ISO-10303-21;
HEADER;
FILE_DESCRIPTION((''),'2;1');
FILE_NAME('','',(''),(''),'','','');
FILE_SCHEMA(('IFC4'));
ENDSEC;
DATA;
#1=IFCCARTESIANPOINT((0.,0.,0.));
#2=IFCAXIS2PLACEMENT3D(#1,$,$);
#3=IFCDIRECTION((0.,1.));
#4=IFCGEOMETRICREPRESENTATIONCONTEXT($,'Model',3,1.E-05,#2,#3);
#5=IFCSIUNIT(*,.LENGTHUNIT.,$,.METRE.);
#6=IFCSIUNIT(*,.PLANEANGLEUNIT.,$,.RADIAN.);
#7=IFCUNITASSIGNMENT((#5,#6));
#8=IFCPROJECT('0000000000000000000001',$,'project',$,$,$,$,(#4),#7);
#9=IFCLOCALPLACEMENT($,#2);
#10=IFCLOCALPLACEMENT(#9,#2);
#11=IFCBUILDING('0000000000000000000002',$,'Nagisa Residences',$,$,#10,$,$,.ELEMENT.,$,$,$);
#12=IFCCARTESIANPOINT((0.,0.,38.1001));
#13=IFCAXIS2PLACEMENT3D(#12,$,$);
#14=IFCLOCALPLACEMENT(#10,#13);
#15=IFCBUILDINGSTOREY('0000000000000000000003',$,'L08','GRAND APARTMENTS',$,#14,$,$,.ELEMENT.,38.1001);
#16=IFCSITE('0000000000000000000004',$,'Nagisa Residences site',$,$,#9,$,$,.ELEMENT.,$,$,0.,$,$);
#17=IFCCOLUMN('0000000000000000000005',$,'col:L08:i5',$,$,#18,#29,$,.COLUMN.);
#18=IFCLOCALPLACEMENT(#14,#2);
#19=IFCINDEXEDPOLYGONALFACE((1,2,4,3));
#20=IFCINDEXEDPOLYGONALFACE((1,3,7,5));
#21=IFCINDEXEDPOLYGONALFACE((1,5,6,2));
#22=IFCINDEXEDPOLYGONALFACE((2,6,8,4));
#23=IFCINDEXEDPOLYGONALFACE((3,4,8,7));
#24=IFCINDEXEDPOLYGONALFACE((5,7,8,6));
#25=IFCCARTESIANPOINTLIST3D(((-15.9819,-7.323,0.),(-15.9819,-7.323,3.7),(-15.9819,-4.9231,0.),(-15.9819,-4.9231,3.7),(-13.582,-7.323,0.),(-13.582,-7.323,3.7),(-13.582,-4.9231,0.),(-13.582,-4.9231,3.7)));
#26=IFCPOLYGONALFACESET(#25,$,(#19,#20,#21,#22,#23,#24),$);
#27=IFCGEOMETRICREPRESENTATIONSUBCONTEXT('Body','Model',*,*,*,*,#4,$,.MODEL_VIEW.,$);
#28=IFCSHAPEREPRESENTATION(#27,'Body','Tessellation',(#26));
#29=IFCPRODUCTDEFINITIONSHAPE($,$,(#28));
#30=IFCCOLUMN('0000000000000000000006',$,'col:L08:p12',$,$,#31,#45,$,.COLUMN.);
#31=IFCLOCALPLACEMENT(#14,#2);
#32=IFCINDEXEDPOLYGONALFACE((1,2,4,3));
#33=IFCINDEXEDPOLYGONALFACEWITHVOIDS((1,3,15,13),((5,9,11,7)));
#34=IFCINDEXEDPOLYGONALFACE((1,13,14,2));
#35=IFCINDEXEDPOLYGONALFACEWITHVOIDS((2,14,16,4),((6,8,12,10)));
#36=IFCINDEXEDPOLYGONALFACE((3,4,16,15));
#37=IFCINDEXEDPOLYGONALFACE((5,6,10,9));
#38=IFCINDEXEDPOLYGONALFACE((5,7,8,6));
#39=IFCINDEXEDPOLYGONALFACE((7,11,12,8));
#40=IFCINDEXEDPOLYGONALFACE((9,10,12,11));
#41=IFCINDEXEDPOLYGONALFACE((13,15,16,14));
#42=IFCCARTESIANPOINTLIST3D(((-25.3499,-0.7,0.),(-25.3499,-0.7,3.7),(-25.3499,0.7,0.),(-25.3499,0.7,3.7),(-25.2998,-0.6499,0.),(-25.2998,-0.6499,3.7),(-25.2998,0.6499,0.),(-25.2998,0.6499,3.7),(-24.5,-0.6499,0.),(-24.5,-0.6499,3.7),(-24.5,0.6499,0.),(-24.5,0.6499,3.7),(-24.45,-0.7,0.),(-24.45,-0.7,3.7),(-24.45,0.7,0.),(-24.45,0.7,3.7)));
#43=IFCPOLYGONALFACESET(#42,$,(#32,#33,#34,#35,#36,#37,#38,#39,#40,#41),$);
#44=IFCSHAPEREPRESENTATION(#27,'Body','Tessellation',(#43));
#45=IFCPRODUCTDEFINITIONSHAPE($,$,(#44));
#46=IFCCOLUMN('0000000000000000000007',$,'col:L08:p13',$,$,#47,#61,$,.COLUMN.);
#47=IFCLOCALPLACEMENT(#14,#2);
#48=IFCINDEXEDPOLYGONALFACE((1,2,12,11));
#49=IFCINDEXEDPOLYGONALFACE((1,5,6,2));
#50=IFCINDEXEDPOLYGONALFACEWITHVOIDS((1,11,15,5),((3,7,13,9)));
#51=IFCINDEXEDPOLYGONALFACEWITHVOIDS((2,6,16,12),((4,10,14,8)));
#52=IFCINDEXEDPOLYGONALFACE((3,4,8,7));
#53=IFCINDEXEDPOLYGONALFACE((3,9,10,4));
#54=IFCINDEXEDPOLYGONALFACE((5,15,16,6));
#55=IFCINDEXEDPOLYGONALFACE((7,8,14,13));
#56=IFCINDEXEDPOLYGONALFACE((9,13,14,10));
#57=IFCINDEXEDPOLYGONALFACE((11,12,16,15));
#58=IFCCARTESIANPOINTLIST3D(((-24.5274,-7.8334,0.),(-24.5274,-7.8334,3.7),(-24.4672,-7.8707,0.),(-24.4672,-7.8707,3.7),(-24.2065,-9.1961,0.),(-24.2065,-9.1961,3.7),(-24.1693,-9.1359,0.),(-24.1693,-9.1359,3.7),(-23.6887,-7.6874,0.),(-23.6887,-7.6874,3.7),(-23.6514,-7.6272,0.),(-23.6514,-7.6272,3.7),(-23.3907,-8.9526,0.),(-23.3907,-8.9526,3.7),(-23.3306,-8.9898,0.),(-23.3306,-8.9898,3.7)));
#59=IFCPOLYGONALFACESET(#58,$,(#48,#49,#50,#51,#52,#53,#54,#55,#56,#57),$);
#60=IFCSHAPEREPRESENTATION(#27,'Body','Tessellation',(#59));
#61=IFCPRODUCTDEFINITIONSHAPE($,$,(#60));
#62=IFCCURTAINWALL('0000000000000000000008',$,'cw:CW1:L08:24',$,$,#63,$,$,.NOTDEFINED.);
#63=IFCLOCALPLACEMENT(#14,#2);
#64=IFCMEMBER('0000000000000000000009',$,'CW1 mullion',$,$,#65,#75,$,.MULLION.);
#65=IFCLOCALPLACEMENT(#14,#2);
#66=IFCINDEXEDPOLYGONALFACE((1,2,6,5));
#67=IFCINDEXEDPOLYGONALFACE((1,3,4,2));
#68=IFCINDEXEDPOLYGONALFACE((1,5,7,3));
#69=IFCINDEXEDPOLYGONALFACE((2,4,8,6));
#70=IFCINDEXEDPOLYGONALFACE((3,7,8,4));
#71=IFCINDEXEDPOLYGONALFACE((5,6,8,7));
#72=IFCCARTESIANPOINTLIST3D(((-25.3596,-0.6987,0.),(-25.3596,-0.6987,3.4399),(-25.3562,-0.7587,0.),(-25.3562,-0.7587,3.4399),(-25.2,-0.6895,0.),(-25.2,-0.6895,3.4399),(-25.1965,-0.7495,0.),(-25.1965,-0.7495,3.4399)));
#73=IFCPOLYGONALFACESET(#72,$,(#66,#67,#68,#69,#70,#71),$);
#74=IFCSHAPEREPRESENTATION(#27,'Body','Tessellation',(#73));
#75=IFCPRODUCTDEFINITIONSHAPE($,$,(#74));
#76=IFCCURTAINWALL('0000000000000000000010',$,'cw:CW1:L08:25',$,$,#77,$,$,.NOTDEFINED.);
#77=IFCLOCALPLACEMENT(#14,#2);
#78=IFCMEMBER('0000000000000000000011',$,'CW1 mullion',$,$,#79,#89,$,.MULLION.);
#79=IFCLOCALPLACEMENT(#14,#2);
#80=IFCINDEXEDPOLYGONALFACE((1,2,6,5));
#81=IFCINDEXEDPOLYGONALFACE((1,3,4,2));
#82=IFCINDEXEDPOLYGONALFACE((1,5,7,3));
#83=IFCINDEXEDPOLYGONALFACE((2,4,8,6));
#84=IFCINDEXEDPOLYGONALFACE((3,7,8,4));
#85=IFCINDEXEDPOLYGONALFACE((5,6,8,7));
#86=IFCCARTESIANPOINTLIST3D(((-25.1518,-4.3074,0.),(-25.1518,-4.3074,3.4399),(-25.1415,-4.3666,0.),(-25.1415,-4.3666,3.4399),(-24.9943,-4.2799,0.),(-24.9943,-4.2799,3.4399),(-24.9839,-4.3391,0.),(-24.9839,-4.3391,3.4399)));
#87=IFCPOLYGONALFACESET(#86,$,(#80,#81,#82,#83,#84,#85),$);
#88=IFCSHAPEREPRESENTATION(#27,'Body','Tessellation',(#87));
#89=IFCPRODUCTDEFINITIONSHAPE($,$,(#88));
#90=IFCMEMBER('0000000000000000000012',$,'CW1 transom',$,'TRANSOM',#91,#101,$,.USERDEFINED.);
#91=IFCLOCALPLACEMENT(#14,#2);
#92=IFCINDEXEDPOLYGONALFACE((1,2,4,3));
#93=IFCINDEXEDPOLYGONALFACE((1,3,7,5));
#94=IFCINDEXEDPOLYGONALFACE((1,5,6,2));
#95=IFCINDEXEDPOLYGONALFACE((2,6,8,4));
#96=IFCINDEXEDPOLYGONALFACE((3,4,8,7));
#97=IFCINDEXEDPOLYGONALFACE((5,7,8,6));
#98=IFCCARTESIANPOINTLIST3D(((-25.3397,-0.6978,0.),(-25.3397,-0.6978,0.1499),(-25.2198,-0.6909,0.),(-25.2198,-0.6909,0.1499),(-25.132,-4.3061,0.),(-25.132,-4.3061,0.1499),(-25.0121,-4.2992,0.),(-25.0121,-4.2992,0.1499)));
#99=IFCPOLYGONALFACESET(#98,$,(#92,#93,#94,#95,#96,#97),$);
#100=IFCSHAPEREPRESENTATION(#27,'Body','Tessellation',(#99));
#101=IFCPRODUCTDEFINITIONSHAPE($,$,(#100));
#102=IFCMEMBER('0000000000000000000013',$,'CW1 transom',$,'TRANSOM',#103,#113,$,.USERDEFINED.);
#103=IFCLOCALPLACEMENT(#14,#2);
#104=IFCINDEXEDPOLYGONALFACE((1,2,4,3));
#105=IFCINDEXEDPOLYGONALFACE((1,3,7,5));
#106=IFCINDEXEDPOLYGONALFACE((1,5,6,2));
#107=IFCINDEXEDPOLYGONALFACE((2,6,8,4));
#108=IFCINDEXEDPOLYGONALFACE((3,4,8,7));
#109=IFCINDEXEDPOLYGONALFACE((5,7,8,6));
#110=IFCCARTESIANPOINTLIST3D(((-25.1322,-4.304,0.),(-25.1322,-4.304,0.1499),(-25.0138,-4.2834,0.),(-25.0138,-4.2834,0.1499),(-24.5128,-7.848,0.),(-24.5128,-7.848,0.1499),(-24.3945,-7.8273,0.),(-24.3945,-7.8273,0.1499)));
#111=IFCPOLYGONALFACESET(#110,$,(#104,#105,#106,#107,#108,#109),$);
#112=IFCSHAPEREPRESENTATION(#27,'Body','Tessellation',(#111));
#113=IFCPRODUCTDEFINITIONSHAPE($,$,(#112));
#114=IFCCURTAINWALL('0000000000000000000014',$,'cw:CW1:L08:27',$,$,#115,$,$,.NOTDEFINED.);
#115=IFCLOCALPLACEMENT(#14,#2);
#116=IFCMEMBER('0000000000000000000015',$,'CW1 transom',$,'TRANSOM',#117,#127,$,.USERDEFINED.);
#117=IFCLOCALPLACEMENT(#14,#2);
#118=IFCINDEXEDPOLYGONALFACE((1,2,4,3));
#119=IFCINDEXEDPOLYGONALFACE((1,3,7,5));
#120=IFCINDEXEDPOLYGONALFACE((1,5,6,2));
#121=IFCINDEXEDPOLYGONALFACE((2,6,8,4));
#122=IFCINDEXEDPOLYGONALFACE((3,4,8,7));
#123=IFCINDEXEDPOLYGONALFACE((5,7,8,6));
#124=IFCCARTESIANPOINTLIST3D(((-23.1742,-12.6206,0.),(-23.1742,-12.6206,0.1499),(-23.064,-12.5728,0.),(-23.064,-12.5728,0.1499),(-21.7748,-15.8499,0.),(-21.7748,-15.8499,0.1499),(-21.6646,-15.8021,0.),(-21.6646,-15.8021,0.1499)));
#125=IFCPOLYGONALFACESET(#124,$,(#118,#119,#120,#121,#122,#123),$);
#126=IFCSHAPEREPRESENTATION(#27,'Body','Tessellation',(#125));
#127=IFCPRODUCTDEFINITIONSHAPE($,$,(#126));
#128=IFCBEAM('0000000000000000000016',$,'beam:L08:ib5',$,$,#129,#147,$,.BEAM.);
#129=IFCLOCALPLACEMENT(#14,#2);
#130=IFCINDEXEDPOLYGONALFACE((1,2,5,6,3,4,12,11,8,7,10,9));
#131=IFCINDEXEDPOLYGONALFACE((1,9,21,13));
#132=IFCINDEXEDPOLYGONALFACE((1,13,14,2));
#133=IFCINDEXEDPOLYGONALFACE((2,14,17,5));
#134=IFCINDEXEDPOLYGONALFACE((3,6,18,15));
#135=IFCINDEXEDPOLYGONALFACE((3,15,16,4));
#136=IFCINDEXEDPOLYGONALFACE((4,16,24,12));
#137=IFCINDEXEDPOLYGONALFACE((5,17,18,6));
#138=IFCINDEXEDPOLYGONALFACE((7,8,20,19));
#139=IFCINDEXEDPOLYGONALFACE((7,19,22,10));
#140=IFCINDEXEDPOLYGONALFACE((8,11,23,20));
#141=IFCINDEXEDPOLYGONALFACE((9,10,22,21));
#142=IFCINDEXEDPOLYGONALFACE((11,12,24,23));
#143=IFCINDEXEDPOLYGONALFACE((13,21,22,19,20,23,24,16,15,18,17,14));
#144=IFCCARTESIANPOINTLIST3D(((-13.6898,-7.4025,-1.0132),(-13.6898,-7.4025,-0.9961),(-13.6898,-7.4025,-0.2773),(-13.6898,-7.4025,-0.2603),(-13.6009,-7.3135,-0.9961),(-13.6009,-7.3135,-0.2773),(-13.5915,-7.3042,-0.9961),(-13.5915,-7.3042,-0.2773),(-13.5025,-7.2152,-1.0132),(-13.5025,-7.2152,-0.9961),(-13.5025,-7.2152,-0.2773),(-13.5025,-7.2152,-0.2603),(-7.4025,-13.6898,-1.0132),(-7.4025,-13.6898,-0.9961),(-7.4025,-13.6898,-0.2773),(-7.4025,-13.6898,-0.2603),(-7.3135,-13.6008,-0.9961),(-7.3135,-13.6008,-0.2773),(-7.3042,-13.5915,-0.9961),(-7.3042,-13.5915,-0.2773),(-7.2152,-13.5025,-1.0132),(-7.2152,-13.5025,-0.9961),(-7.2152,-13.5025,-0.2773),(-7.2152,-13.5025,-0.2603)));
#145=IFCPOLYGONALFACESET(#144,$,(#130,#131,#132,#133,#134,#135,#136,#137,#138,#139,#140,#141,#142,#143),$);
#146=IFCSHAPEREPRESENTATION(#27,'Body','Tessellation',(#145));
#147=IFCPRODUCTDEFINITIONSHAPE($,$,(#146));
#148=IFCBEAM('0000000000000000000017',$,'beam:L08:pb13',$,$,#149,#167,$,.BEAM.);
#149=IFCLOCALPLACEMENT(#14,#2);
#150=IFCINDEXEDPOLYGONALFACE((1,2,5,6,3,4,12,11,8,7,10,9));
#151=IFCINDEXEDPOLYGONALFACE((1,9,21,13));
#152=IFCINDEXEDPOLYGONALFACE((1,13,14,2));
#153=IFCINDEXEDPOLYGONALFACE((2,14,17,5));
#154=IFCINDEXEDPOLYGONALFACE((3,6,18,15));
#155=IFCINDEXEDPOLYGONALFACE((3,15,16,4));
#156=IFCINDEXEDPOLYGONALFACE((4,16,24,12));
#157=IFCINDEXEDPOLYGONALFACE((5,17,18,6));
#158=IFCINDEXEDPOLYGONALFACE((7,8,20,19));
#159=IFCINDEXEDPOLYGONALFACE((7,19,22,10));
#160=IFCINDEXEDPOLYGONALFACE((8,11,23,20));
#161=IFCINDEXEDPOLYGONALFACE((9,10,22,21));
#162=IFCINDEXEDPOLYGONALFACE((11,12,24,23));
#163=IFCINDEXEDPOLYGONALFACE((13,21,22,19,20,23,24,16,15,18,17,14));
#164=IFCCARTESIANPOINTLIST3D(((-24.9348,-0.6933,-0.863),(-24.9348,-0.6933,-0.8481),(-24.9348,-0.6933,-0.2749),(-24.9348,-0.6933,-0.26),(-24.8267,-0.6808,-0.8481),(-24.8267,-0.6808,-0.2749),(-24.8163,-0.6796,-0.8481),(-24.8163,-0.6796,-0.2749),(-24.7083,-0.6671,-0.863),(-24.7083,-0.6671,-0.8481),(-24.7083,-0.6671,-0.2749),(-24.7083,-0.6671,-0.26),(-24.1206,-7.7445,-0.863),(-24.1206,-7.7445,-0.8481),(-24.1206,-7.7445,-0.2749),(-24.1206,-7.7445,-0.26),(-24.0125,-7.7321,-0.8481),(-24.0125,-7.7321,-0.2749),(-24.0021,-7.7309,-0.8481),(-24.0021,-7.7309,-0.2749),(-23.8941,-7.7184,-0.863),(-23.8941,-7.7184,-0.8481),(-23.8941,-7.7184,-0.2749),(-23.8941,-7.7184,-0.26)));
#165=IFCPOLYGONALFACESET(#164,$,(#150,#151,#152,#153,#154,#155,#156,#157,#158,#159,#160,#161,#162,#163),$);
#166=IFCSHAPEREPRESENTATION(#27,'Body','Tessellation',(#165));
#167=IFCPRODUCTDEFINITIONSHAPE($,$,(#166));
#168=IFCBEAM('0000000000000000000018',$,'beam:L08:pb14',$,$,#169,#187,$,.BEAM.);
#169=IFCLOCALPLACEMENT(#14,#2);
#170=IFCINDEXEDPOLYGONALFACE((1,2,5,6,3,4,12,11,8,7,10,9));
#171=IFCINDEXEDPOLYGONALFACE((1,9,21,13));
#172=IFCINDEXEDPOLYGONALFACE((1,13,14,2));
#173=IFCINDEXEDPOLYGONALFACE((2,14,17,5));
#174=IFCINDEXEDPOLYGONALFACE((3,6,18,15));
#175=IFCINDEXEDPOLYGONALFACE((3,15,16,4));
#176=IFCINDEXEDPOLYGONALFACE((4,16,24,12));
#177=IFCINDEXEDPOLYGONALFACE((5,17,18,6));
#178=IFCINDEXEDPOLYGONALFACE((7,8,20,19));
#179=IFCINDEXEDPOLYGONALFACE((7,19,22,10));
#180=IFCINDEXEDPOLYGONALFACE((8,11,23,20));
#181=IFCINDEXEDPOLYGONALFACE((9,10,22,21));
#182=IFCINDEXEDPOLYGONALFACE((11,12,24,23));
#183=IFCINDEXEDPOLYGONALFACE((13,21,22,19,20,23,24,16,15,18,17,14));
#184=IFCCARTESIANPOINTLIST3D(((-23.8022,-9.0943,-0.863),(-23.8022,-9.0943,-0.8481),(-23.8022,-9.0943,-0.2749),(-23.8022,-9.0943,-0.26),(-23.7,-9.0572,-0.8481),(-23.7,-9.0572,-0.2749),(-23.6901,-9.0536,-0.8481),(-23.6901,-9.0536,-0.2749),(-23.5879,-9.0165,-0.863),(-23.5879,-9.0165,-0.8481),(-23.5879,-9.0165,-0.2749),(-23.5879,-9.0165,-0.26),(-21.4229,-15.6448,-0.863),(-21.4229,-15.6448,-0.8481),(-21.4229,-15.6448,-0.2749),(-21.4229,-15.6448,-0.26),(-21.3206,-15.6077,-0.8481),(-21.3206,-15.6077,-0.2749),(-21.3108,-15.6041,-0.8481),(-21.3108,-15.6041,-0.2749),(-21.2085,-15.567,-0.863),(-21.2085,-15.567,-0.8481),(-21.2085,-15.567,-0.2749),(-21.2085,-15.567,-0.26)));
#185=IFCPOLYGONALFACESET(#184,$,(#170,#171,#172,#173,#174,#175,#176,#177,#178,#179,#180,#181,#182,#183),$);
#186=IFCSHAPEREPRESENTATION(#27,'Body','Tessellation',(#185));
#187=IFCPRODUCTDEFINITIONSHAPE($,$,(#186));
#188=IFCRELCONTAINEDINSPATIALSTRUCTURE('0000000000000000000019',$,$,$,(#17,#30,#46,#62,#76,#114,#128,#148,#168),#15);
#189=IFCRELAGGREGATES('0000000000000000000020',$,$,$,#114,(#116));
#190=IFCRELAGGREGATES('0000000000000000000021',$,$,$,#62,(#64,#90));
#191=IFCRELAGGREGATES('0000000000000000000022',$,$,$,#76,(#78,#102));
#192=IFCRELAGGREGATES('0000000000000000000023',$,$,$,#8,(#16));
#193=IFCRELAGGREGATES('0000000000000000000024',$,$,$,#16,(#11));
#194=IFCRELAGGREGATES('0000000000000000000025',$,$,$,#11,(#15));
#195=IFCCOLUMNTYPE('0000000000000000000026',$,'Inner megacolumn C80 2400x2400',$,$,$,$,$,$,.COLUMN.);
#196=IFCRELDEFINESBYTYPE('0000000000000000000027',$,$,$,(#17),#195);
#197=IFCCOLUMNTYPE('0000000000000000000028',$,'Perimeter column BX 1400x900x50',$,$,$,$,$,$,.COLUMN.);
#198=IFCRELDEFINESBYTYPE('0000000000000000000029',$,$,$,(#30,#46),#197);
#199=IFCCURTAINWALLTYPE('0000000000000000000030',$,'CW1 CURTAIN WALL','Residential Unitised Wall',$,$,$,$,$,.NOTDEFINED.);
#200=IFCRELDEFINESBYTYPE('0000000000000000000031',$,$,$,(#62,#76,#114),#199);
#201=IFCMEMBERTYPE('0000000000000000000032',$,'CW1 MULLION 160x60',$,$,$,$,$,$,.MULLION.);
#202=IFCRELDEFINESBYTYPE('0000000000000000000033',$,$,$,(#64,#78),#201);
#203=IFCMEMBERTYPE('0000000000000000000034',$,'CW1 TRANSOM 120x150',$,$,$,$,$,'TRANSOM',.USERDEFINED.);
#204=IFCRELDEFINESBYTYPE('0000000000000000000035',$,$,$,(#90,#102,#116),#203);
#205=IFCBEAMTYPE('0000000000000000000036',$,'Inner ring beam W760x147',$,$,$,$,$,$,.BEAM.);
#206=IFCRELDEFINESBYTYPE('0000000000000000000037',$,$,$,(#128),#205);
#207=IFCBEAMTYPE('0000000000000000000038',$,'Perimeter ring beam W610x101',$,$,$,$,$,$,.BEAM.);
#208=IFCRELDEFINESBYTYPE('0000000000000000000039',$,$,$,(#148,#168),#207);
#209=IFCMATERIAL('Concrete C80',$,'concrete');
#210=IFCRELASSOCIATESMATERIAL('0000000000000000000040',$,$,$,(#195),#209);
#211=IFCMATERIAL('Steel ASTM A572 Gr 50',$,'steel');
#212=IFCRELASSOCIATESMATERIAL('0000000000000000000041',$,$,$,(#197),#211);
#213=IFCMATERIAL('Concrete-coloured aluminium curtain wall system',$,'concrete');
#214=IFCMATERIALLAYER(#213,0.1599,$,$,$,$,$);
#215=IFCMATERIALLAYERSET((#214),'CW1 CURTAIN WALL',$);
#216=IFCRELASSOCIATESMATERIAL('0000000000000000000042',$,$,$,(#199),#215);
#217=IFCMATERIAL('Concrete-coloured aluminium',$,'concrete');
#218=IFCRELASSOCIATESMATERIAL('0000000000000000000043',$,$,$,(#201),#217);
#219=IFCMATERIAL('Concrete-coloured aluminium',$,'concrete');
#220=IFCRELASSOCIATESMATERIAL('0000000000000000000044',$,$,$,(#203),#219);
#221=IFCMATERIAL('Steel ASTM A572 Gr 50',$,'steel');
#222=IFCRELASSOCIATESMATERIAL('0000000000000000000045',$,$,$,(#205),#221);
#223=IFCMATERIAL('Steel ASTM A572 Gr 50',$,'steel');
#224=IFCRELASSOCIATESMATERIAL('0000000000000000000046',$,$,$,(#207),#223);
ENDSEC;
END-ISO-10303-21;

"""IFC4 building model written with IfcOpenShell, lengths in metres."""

from ifc_helpers import new_model, si_unit, direction, frame, origin, origin_2d, place, context, subcontext, project, spatial, rectangle, hollow_rectangle, i_section, extrude, material, layer, layer_set, material_profile, profile_set, type_object, element, aggregate, save


model = new_model("IFC4")

# Units and contexts
model_context = context("Model", 3, precision=1e-05, world=origin(), true_north=direction((0.0, 1.0)))
body_context = subcontext(model_context, "Body", "Model", "MODEL_VIEW")
ifc_project = project(units=[si_unit("LENGTHUNIT", "METRE"), si_unit("PLANEANGLEUNIT", "RADIAN")], contexts=[model_context])

# Site, building, storey
site_placement = place(None, origin())
site = spatial("IfcSite", under=ifc_project, at=site_placement, Name="Nagisa Residences site", CompositionType="ELEMENT", RefElevation=0.0)
building_placement = place(site_placement, origin())
building = spatial("IfcBuilding", under=site, at=building_placement, Name="Nagisa Residences", CompositionType="ELEMENT")
storey_placement = place(building_placement, frame((0.0, 0.0, 38.1001)))
storey = spatial("IfcBuildingStorey", under=building, at=storey_placement, Name="L08", Description="GRAND APARTMENTS", CompositionType="ELEMENT", Elevation=38.1001)

# Columns
ifc_material_1 = material(Name="Concrete C80", Category="concrete")
ifc_material_profile_1 = material_profile(ifc_material_1, rectangle(XDim=2.3999, YDim=2.3999, at=origin_2d()), Name="C80 2400x2400")
ifc_profile_set_1 = profile_set([ifc_material_profile_1], Name="Concrete C80")
column_type_1 = type_object("IfcColumnType", Name="Inner megacolumn C80 2400x2400", PredefinedType="COLUMN", material=ifc_profile_set_1)
column_placement = place(storey_placement, frame((-14.782, -6.123, 0.0), z_axis=(0.0, 0.0, 1.0), x_axis=(1.0, 0.0, 0.0)))
element("IfcColumn", 1, at=column_placement, inside=storey, type_object=column_type_1, Name="col:L08:i5", PredefinedType="COLUMN", context=body_context, shape_type="SweptSolid", body=[
    extrude(rectangle(XDim=2.3999, YDim=2.3999, at=origin_2d()), origin(), (0.0, 0.0, 1.0), 3.7),
])
ifc_material_2 = material(Name="Steel ASTM A572 Gr 50", Category="steel")
ifc_material_profile_2 = material_profile(ifc_material_2, hollow_rectangle(XDim=1.3999, YDim=0.8999, WallThickness=0.05, at=origin_2d()), Name="BX 1400x900x50")
ifc_profile_set_2 = profile_set([ifc_material_profile_2], Name="Steel ASTM A572 Gr 50")
column_type_2 = type_object("IfcColumnType", Name="Perimeter column BX 1400x900x50", PredefinedType="COLUMN", material=ifc_profile_set_2)
for number, where, z_axis, x_axis, name in (
    (2, (-24.8999, 0.0, 0.0), (0.0, 0.0, 1.0), (0.0, -1.0, 0.0), "col:L08:p12"),
    (3, (-23.929, -8.4116, 0.0), (0.0, 0.0, 1.0), (0.229202, -0.973379, 0.0), "col:L08:p13"),
):
    element("IfcColumn", number, at=place(storey_placement, frame(where, z_axis=z_axis, x_axis=x_axis)), inside=storey, type_object=column_type_2, Name=name, PredefinedType="COLUMN", context=body_context, shape_type="SweptSolid", body=[
        extrude(hollow_rectangle(XDim=1.3999, YDim=0.8999, WallThickness=0.05, at=origin_2d()), origin(), (0.0, 0.0, 1.0), 3.7),
    ])

# Curtain walls, members
ifc_material_3 = material(Name="Concrete-coloured aluminium curtain wall system", Category="concrete")
ifc_layer_1 = layer(ifc_material_3, 0.1599)
ifc_layer_set_1 = layer_set([ifc_layer_1], Name="CW1 CURTAIN WALL")
curtain_wall_type = type_object("IfcCurtainWallType", Name="CW1 CURTAIN WALL", Description="Residential Unitised Wall", PredefinedType="NOTDEFINED", material=ifc_layer_set_1)
curtain_wall_1_placement = place(storey_placement, origin())
curtain_wall_1 = element("IfcCurtainWall", 4, at=curtain_wall_1_placement, inside=storey, type_object=curtain_wall_type, Name="cw:CW1:L08:24", PredefinedType="NOTDEFINED")
ifc_material_4 = material(Name="Concrete-coloured aluminium", Category="concrete")
ifc_material_profile_3 = material_profile(ifc_material_4, rectangle(XDim=0.1599, YDim=0.0601, at=origin_2d()), Name="CW1 MULLION 160x60")
ifc_profile_set_3 = profile_set([ifc_material_profile_3], Name="Concrete-coloured aluminium")
member_type_1 = type_object("IfcMemberType", Name="CW1 MULLION 160x60", PredefinedType="MULLION", material=ifc_profile_set_3)
member_1_placement = place(storey_placement, frame((-25.2781, -0.7241, 0.0), z_axis=(0.0, 0.0, 1.0), x_axis=(0.998345, 0.057503, 0.0)))
member_1 = element("IfcMember", 5, at=member_1_placement, type_object=member_type_1, Name="CW1 mullion", PredefinedType="MULLION", context=body_context, shape_type="SweptSolid", body=[
    extrude(rectangle(XDim=0.1599, YDim=0.0601, at=origin_2d()), origin(), (0.0, 0.0, 1.0), 3.4399),
])
curtain_wall_2_placement = place(storey_placement, origin())
curtain_wall_2 = element("IfcCurtainWall", 6, at=curtain_wall_2_placement, inside=storey, type_object=curtain_wall_type, Name="cw:CW1:L08:25", PredefinedType="NOTDEFINED")
member_2_placement = place(storey_placement, frame((-25.0679, -4.3232, 0.0), z_axis=(0.0, 0.0, 1.0), x_axis=(0.985064, 0.172191, 0.0)))
member_2 = element("IfcMember", 7, at=member_2_placement, type_object=member_type_1, Name="CW1 mullion", PredefinedType="MULLION", context=body_context, shape_type="SweptSolid", body=[
    extrude(rectangle(XDim=0.1599, YDim=0.0601, at=origin_2d()), origin(), (0.0, 0.0, 1.0), 3.4399),
])

# Members
ifc_material_5 = material(Name="Concrete-coloured aluminium", Category="concrete")
ifc_material_profile_4 = material_profile(ifc_material_5, rectangle(XDim=0.1201, YDim=0.1499, at=origin_2d()), Name="CW1 TRANSOM 120x150")
ifc_profile_set_4 = profile_set([ifc_material_profile_4], Name="Concrete-coloured aluminium")
member_type_2 = type_object("IfcMemberType", Name="CW1 TRANSOM 120x150", ElementType="TRANSOM", PredefinedType="USERDEFINED", material=ifc_profile_set_4)
member_3_placement = place(storey_placement, frame((-25.2798, -0.6943, 0.075), z_axis=(0.057483, -0.998347, 0.0), x_axis=(0.998347, 0.057483, 0.0)))
member_3 = element("IfcMember", 8, at=member_3_placement, type_object=member_type_2, Name="CW1 transom", ObjectType="TRANSOM", PredefinedType="USERDEFINED", context=body_context, shape_type="SweptSolid", body=[
    extrude(rectangle(XDim=0.1201, YDim=0.1499, at=origin_2d()), origin(), (0.0, 0.0, 1.0), 3.6143),
])
member_4_placement = place(storey_placement, frame((-25.073, -4.2937, 0.075), z_axis=(0.172163, -0.985068, 0.0), x_axis=(0.985068, 0.172163, 0.0)))
member_4 = element("IfcMember", 9, at=member_4_placement, type_object=member_type_2, Name="CW1 transom", ObjectType="TRANSOM", PredefinedType="USERDEFINED", context=body_context, shape_type="SweptSolid", body=[
    extrude(rectangle(XDim=0.1201, YDim=0.1499, at=origin_2d()), origin(), (0.0, 0.0, 1.0), 3.5977),
])

# Curtain wall, member
curtain_wall_3_placement = place(storey_placement, origin())
curtain_wall_3 = element("IfcCurtainWall", 10, at=curtain_wall_3_placement, inside=storey, type_object=curtain_wall_type, Name="cw:CW1:L08:27", PredefinedType="NOTDEFINED")
member_5_placement = place(storey_placement, frame((-23.1191, -12.5967, 0.075), z_axis=(0.397625, -0.917548, 0.0), x_axis=(0.917548, 0.397625, 0.0)))
member_5 = element("IfcMember", 11, at=member_5_placement, type_object=member_type_2, Name="CW1 transom", ObjectType="TRANSOM", PredefinedType="USERDEFINED", context=body_context, shape_type="SweptSolid", body=[
    extrude(rectangle(XDim=0.1201, YDim=0.1499, at=origin_2d()), origin(), (0.0, 0.0, 1.0), 3.5195),
])
aggregate(curtain_wall_3, [member_5])

# Beams
ifc_material_6 = material(Name="Steel ASTM A572 Gr 50", Category="steel")
ifc_material_profile_5 = material_profile(ifc_material_6, i_section(OverallWidth=0.2649, OverallDepth=0.7529, WebThickness=0.0132, FlangeThickness=0.0171, at=origin_2d()), Name="W760x147")
ifc_profile_set_5 = profile_set([ifc_material_profile_5], Name="Steel ASTM A572 Gr 50")
beam_type_1 = type_object("IfcBeamType", Name="Inner ring beam W760x147", PredefinedType="BEAM", material=ifc_profile_set_5)
beam_1_placement = place(storey_placement, frame((-13.5962, -7.3088, -0.6367), z_axis=(0.707107, -0.707107, 0.0), x_axis=(0.707107, 0.707107, 0.0)))
element("IfcBeam", 12, at=beam_1_placement, inside=storey, type_object=beam_type_1, Name="beam:L08:ib5", PredefinedType="BEAM", context=body_context, shape_type="SweptSolid", body=[
    extrude(i_section(OverallWidth=0.2649, OverallDepth=0.7529, WebThickness=0.0132, FlangeThickness=0.0171, at=origin_2d()), origin(), (0.0, 0.0, 1.0), 8.8916),
])
ifc_material_7 = material(Name="Steel ASTM A572 Gr 50", Category="steel")
ifc_material_profile_6 = material_profile(ifc_material_7, i_section(OverallWidth=0.228, OverallDepth=0.603, WebThickness=0.0105, FlangeThickness=0.0149, at=origin_2d()), Name="W610x101")
ifc_profile_set_6 = profile_set([ifc_material_profile_6], Name="Steel ASTM A572 Gr 50")
beam_type_2 = type_object("IfcBeamType", Name="Perimeter ring beam W610x101", PredefinedType="BEAM", material=ifc_profile_set_6)
beam_2_placement = place(storey_placement, frame((-24.8215, -0.6802, -0.5615), z_axis=(0.114708, -0.993399, 0.0), x_axis=(0.993399, 0.114708, 0.0)))
element("IfcBeam", 13, at=beam_2_placement, inside=storey, type_object=beam_type_2, Name="beam:L08:pb13", PredefinedType="BEAM", context=body_context, shape_type="SweptSolid", body=[
    extrude(i_section(OverallWidth=0.228, OverallDepth=0.603, WebThickness=0.0105, FlangeThickness=0.0149, at=origin_2d()), origin(), (0.0, 0.0, 1.0), 7.0981),
])
beam_3_placement = place(storey_placement, frame((-23.6951, -9.0554, -0.5615), z_axis=(0.341411, -0.939914, 0.0), x_axis=(0.939914, 0.341411, 0.0)))
element("IfcBeam", 14, at=beam_3_placement, inside=storey, type_object=beam_type_2, Name="beam:L08:pb14", PredefinedType="BEAM", context=body_context, shape_type="SweptSolid", body=[
    extrude(i_section(OverallWidth=0.228, OverallDepth=0.603, WebThickness=0.0105, FlangeThickness=0.0149, at=origin_2d()), origin(), (0.0, 0.0, 1.0), 6.9692),
])

aggregate(curtain_wall_1, [member_1, member_3])
aggregate(curtain_wall_2, [member_2, member_4])

save(model, "model.ifc")
